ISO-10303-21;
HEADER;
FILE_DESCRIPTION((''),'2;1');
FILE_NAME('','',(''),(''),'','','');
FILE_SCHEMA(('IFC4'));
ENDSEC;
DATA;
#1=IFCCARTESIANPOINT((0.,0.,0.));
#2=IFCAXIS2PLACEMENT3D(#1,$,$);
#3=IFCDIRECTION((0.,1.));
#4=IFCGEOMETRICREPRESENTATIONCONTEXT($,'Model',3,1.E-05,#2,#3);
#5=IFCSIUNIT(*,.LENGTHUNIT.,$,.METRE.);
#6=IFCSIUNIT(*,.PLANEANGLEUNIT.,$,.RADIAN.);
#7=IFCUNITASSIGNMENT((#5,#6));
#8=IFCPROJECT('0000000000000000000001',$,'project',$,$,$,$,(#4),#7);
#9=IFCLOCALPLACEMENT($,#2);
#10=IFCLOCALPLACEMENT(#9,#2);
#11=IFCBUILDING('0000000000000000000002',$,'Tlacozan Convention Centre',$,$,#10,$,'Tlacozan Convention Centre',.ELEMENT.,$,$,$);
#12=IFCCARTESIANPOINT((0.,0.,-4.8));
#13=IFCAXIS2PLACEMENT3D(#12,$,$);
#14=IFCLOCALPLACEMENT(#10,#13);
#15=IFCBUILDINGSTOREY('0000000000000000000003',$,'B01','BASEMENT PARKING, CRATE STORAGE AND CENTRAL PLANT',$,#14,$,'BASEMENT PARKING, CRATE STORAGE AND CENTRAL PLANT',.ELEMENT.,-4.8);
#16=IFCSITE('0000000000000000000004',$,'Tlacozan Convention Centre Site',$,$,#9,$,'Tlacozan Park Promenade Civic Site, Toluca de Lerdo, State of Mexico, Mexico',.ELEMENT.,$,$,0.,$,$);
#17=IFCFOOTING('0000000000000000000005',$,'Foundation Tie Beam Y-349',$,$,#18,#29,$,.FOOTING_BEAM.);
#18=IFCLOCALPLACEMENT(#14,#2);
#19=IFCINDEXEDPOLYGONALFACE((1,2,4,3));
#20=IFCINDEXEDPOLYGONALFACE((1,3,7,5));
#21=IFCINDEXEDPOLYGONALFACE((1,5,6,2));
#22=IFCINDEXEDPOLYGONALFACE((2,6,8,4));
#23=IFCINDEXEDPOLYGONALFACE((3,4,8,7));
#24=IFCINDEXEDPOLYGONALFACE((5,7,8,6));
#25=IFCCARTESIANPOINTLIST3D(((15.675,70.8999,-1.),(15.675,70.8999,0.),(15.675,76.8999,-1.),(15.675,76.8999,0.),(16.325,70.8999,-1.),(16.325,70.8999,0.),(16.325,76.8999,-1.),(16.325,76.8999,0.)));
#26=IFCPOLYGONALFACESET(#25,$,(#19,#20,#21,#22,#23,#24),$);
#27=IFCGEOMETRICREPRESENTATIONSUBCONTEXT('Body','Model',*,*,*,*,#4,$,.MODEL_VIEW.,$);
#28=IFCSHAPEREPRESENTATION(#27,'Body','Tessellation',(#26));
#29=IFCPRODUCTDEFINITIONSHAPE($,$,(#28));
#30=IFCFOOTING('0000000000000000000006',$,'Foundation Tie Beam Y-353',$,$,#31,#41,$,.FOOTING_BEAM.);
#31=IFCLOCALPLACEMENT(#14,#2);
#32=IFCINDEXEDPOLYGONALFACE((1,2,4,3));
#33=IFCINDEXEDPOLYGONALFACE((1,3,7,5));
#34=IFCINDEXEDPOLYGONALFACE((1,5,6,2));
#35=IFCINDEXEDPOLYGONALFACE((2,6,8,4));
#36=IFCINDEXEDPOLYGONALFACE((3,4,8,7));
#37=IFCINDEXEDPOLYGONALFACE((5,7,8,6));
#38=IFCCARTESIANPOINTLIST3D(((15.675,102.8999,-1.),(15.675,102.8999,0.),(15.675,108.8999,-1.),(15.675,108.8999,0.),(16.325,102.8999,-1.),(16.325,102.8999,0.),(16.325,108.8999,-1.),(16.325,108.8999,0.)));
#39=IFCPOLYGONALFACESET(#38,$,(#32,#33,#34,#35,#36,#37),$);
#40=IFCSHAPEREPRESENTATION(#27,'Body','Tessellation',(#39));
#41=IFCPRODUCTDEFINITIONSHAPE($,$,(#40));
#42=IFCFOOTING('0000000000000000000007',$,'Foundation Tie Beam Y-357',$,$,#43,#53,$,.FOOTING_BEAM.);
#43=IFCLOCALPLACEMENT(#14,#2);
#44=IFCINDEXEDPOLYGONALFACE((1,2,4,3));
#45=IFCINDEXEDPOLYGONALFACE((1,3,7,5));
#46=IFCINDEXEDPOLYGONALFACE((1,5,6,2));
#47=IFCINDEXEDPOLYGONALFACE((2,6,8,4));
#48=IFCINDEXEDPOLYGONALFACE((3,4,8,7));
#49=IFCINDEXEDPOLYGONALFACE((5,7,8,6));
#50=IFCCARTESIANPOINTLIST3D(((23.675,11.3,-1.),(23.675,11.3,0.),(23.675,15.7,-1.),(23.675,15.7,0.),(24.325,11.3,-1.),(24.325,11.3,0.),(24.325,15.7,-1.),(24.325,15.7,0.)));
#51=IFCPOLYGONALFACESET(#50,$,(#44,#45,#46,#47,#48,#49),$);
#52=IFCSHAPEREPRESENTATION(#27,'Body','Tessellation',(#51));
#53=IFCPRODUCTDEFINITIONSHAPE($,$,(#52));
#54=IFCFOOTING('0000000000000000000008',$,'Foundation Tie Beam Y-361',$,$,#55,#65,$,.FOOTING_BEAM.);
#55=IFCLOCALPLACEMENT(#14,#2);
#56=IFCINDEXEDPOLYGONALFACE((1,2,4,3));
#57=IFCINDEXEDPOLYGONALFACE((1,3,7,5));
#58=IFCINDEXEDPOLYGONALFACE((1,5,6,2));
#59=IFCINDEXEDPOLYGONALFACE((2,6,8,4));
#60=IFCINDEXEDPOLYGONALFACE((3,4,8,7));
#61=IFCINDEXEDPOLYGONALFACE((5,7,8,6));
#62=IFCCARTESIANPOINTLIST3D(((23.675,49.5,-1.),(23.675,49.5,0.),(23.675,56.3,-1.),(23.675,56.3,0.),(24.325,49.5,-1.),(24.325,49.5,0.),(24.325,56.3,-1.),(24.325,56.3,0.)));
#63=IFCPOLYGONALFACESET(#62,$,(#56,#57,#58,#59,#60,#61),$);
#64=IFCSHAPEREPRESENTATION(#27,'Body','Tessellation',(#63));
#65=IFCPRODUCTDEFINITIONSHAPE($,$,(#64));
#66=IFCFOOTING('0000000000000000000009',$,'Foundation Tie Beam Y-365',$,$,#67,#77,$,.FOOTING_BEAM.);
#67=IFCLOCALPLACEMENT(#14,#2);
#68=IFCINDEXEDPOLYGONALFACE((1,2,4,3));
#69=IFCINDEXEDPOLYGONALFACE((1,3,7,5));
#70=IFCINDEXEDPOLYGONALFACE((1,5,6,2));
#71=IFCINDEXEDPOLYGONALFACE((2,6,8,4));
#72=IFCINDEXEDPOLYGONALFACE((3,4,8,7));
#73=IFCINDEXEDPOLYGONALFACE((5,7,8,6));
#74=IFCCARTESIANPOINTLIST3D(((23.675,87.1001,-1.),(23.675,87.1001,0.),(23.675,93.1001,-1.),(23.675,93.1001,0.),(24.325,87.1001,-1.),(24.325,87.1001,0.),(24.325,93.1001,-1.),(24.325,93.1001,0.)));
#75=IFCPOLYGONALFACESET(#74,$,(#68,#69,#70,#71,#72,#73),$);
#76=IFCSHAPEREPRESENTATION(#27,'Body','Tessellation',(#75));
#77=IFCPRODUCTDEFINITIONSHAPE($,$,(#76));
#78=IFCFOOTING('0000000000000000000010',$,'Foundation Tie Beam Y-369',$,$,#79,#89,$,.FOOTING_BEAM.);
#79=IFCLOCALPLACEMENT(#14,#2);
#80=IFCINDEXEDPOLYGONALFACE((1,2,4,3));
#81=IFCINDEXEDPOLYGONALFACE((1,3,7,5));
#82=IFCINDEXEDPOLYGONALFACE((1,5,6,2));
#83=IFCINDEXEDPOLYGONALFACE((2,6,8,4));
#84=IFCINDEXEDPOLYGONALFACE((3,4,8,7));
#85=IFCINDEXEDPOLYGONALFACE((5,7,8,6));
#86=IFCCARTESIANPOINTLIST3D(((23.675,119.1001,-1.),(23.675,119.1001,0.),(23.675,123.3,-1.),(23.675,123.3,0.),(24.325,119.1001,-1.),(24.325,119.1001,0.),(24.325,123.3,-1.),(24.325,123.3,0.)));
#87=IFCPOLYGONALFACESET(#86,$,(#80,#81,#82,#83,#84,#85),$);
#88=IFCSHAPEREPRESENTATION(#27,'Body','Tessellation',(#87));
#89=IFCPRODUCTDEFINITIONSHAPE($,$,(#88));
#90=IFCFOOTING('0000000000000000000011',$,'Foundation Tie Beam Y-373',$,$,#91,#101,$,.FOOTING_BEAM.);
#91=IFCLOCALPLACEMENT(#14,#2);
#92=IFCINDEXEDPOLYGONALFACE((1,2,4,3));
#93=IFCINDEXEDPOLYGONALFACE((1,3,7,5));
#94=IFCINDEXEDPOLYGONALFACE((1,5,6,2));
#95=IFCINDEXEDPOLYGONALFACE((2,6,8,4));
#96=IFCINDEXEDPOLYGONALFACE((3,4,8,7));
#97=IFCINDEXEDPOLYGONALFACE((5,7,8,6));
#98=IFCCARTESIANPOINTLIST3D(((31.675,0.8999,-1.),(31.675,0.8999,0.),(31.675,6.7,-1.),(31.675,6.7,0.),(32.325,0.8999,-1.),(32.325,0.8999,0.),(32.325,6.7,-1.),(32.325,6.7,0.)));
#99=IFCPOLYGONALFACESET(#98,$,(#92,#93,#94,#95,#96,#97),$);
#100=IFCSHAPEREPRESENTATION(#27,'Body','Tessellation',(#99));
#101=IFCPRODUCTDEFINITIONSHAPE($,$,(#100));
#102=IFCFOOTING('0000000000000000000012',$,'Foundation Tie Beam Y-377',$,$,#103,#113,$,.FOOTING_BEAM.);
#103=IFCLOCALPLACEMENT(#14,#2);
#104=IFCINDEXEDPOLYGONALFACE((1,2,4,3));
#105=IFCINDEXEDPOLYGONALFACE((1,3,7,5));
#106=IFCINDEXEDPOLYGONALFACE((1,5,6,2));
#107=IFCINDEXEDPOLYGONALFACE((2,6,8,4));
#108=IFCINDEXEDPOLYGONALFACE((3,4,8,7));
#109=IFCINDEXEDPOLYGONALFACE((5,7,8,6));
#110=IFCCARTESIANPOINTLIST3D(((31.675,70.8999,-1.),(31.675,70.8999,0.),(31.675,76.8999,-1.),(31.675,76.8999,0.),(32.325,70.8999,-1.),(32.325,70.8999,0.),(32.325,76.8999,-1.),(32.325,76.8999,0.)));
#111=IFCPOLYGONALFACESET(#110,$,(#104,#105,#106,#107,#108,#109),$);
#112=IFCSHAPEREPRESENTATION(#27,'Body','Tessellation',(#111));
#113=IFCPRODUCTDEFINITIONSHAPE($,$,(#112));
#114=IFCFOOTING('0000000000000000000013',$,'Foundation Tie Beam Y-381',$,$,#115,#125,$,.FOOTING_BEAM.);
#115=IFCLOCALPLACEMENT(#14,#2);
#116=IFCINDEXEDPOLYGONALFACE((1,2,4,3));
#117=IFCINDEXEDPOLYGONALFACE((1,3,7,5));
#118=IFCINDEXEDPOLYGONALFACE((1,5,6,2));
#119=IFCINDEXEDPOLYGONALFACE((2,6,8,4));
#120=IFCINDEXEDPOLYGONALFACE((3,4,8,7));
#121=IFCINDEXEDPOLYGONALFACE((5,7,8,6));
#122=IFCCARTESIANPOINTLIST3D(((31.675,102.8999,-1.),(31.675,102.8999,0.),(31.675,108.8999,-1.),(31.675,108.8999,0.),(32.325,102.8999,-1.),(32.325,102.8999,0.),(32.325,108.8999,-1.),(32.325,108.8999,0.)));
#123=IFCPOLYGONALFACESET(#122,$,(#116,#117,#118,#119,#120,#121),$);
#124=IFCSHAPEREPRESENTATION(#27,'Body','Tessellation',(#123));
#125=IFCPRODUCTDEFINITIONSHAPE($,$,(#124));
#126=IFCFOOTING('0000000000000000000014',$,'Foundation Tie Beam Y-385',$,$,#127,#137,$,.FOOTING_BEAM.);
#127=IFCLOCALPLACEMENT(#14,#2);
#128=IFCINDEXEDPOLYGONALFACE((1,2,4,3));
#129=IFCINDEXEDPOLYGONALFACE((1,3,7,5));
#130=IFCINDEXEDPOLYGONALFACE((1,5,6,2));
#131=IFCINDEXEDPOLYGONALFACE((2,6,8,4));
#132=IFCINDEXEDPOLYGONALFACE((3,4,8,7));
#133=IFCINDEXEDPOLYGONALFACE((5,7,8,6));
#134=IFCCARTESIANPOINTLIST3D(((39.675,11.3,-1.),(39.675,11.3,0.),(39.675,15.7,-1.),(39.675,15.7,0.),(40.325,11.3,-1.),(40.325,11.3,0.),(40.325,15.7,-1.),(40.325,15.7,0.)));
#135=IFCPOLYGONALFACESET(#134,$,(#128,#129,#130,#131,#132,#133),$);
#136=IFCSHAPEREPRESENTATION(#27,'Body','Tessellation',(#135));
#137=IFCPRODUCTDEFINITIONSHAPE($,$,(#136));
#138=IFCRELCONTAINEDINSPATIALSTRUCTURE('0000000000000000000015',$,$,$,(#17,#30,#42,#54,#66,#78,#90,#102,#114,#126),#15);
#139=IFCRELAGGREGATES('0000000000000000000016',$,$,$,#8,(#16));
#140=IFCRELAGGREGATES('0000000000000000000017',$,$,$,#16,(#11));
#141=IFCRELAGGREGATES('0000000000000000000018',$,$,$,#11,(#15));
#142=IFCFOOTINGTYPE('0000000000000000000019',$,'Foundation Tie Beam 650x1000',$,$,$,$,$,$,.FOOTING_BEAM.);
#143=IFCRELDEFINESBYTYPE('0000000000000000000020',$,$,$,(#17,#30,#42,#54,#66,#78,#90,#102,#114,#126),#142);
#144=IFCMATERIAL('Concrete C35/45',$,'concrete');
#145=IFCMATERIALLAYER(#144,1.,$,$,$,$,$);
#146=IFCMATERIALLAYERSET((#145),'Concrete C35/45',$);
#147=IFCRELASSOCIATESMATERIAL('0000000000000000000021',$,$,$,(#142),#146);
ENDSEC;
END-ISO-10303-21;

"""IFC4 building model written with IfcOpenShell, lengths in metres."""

from ifc_helpers import new_model, si_unit, direction, frame, origin, place, context, subcontext, project, spatial, polyline, outline, extrude, material, layer, layer_set, type_object, element, save


model = new_model("IFC4")

# Units and contexts
model_context = context("Model", 3, precision=1e-05, world=origin(), true_north=direction((0.0, 1.0)))
body_context = subcontext(model_context, "Body", "Model", "MODEL_VIEW")
ifc_project = project(units=[si_unit("LENGTHUNIT", "METRE"), si_unit("PLANEANGLEUNIT", "RADIAN")], contexts=[model_context])

# Site, building, storey
site_placement = place(None, origin())
site = spatial("IfcSite", under=ifc_project, at=site_placement, Name="Tlacozan Convention Centre Site", LongName="Tlacozan Park Promenade Civic Site, Toluca de Lerdo, State of Mexico, Mexico", CompositionType="ELEMENT", RefElevation=0.0)
building_placement = place(site_placement, origin())
building = spatial("IfcBuilding", under=site, at=building_placement, Name="Tlacozan Convention Centre", LongName="Tlacozan Convention Centre", CompositionType="ELEMENT")
storey_placement = place(building_placement, frame((0.0, 0.0, -4.8)))
storey = spatial("IfcBuildingStorey", under=building, at=storey_placement, Name="B01", Description="BASEMENT PARKING, CRATE STORAGE AND CENTRAL PLANT", LongName="BASEMENT PARKING, CRATE STORAGE AND CENTRAL PLANT", CompositionType="ELEMENT", Elevation=-4.8)

# Footings
ifc_material = material(Name="Concrete C35/45", Category="concrete")
ifc_layer = layer(ifc_material, 1.0)
ifc_layer_set = layer_set([ifc_layer], Name="Concrete C35/45")
footing_type = type_object("IfcFootingType", Name="Foundation Tie Beam 650x1000", PredefinedType="FOOTING_BEAM", material=ifc_layer_set)
footing_1_placement = place(storey_placement, frame((0.0, 0.0, -1.0)))
element("IfcFooting", 1, at=footing_1_placement, inside=storey, type_object=footing_type, Name="Foundation Tie Beam Y-349", PredefinedType="FOOTING_BEAM", context=body_context, shape_type="SweptSolid", body=[
    extrude(outline(polyline([(15.675, 70.8999), (16.325, 70.8999), (16.325, 76.8999), (15.675, 76.8999), (15.675, 70.8999)])), origin(), (0.0, 0.0, 1.0), 1.0),
])
footing_2_placement = place(storey_placement, frame((0.0, 0.0, -1.0)))
element("IfcFooting", 2, at=footing_2_placement, inside=storey, type_object=footing_type, Name="Foundation Tie Beam Y-353", PredefinedType="FOOTING_BEAM", context=body_context, shape_type="SweptSolid", body=[
    extrude(outline(polyline([(15.675, 102.8999), (16.325, 102.8999), (16.325, 108.8999), (15.675, 108.8999), (15.675, 102.8999)])), origin(), (0.0, 0.0, 1.0), 1.0),
])
footing_3_placement = place(storey_placement, frame((0.0, 0.0, -1.0)))
element("IfcFooting", 3, at=footing_3_placement, inside=storey, type_object=footing_type, Name="Foundation Tie Beam Y-357", PredefinedType="FOOTING_BEAM", context=body_context, shape_type="SweptSolid", body=[
    extrude(outline(polyline([(23.675, 11.3), (24.325, 11.3), (24.325, 15.7), (23.675, 15.7), (23.675, 11.3)])), origin(), (0.0, 0.0, 1.0), 1.0),
])
footing_4_placement = place(storey_placement, frame((0.0, 0.0, -1.0)))
element("IfcFooting", 4, at=footing_4_placement, inside=storey, type_object=footing_type, Name="Foundation Tie Beam Y-361", PredefinedType="FOOTING_BEAM", context=body_context, shape_type="SweptSolid", body=[
    extrude(outline(polyline([(23.675, 49.5), (24.325, 49.5), (24.325, 56.3), (23.675, 56.3), (23.675, 49.5)])), origin(), (0.0, 0.0, 1.0), 1.0),
])
footing_5_placement = place(storey_placement, frame((0.0, 0.0, -1.0)))
element("IfcFooting", 5, at=footing_5_placement, inside=storey, type_object=footing_type, Name="Foundation Tie Beam Y-365", PredefinedType="FOOTING_BEAM", context=body_context, shape_type="SweptSolid", body=[
    extrude(outline(polyline([(23.675, 87.1001), (24.325, 87.1001), (24.325, 93.1001), (23.675, 93.1001), (23.675, 87.1001)])), origin(), (0.0, 0.0, 1.0), 1.0),
])
footing_6_placement = place(storey_placement, frame((0.0, 0.0, -1.0)))
element("IfcFooting", 6, at=footing_6_placement, inside=storey, type_object=footing_type, Name="Foundation Tie Beam Y-369", PredefinedType="FOOTING_BEAM", context=body_context, shape_type="SweptSolid", body=[
    extrude(outline(polyline([(23.675, 119.1001), (24.325, 119.1001), (24.325, 123.3), (23.675, 123.3), (23.675, 119.1001)])), origin(), (0.0, 0.0, 1.0), 1.0),
])
footing_7_placement = place(storey_placement, frame((0.0, 0.0, -1.0)))
element("IfcFooting", 7, at=footing_7_placement, inside=storey, type_object=footing_type, Name="Foundation Tie Beam Y-373", PredefinedType="FOOTING_BEAM", context=body_context, shape_type="SweptSolid", body=[
    extrude(outline(polyline([(31.675, 0.8999), (32.325, 0.8999), (32.325, 6.7), (31.675, 6.7), (31.675, 0.8999)])), origin(), (0.0, 0.0, 1.0), 1.0),
])
footing_8_placement = place(storey_placement, frame((0.0, 0.0, -1.0)))
element("IfcFooting", 8, at=footing_8_placement, inside=storey, type_object=footing_type, Name="Foundation Tie Beam Y-377", PredefinedType="FOOTING_BEAM", context=body_context, shape_type="SweptSolid", body=[
    extrude(outline(polyline([(31.675, 70.8999), (32.325, 70.8999), (32.325, 76.8999), (31.675, 76.8999), (31.675, 70.8999)])), origin(), (0.0, 0.0, 1.0), 1.0),
])
footing_9_placement = place(storey_placement, frame((0.0, 0.0, -1.0)))
element("IfcFooting", 9, at=footing_9_placement, inside=storey, type_object=footing_type, Name="Foundation Tie Beam Y-381", PredefinedType="FOOTING_BEAM", context=body_context, shape_type="SweptSolid", body=[
    extrude(outline(polyline([(31.675, 102.8999), (32.325, 102.8999), (32.325, 108.8999), (31.675, 108.8999), (31.675, 102.8999)])), origin(), (0.0, 0.0, 1.0), 1.0),
])
footing_10_placement = place(storey_placement, frame((0.0, 0.0, -1.0)))
element("IfcFooting", 10, at=footing_10_placement, inside=storey, type_object=footing_type, Name="Foundation Tie Beam Y-385", PredefinedType="FOOTING_BEAM", context=body_context, shape_type="SweptSolid", body=[
    extrude(outline(polyline([(39.675, 11.3), (40.325, 11.3), (40.325, 15.7), (39.675, 15.7), (39.675, 11.3)])), origin(), (0.0, 0.0, 1.0), 1.0),
])

save(model, "model.ifc")
